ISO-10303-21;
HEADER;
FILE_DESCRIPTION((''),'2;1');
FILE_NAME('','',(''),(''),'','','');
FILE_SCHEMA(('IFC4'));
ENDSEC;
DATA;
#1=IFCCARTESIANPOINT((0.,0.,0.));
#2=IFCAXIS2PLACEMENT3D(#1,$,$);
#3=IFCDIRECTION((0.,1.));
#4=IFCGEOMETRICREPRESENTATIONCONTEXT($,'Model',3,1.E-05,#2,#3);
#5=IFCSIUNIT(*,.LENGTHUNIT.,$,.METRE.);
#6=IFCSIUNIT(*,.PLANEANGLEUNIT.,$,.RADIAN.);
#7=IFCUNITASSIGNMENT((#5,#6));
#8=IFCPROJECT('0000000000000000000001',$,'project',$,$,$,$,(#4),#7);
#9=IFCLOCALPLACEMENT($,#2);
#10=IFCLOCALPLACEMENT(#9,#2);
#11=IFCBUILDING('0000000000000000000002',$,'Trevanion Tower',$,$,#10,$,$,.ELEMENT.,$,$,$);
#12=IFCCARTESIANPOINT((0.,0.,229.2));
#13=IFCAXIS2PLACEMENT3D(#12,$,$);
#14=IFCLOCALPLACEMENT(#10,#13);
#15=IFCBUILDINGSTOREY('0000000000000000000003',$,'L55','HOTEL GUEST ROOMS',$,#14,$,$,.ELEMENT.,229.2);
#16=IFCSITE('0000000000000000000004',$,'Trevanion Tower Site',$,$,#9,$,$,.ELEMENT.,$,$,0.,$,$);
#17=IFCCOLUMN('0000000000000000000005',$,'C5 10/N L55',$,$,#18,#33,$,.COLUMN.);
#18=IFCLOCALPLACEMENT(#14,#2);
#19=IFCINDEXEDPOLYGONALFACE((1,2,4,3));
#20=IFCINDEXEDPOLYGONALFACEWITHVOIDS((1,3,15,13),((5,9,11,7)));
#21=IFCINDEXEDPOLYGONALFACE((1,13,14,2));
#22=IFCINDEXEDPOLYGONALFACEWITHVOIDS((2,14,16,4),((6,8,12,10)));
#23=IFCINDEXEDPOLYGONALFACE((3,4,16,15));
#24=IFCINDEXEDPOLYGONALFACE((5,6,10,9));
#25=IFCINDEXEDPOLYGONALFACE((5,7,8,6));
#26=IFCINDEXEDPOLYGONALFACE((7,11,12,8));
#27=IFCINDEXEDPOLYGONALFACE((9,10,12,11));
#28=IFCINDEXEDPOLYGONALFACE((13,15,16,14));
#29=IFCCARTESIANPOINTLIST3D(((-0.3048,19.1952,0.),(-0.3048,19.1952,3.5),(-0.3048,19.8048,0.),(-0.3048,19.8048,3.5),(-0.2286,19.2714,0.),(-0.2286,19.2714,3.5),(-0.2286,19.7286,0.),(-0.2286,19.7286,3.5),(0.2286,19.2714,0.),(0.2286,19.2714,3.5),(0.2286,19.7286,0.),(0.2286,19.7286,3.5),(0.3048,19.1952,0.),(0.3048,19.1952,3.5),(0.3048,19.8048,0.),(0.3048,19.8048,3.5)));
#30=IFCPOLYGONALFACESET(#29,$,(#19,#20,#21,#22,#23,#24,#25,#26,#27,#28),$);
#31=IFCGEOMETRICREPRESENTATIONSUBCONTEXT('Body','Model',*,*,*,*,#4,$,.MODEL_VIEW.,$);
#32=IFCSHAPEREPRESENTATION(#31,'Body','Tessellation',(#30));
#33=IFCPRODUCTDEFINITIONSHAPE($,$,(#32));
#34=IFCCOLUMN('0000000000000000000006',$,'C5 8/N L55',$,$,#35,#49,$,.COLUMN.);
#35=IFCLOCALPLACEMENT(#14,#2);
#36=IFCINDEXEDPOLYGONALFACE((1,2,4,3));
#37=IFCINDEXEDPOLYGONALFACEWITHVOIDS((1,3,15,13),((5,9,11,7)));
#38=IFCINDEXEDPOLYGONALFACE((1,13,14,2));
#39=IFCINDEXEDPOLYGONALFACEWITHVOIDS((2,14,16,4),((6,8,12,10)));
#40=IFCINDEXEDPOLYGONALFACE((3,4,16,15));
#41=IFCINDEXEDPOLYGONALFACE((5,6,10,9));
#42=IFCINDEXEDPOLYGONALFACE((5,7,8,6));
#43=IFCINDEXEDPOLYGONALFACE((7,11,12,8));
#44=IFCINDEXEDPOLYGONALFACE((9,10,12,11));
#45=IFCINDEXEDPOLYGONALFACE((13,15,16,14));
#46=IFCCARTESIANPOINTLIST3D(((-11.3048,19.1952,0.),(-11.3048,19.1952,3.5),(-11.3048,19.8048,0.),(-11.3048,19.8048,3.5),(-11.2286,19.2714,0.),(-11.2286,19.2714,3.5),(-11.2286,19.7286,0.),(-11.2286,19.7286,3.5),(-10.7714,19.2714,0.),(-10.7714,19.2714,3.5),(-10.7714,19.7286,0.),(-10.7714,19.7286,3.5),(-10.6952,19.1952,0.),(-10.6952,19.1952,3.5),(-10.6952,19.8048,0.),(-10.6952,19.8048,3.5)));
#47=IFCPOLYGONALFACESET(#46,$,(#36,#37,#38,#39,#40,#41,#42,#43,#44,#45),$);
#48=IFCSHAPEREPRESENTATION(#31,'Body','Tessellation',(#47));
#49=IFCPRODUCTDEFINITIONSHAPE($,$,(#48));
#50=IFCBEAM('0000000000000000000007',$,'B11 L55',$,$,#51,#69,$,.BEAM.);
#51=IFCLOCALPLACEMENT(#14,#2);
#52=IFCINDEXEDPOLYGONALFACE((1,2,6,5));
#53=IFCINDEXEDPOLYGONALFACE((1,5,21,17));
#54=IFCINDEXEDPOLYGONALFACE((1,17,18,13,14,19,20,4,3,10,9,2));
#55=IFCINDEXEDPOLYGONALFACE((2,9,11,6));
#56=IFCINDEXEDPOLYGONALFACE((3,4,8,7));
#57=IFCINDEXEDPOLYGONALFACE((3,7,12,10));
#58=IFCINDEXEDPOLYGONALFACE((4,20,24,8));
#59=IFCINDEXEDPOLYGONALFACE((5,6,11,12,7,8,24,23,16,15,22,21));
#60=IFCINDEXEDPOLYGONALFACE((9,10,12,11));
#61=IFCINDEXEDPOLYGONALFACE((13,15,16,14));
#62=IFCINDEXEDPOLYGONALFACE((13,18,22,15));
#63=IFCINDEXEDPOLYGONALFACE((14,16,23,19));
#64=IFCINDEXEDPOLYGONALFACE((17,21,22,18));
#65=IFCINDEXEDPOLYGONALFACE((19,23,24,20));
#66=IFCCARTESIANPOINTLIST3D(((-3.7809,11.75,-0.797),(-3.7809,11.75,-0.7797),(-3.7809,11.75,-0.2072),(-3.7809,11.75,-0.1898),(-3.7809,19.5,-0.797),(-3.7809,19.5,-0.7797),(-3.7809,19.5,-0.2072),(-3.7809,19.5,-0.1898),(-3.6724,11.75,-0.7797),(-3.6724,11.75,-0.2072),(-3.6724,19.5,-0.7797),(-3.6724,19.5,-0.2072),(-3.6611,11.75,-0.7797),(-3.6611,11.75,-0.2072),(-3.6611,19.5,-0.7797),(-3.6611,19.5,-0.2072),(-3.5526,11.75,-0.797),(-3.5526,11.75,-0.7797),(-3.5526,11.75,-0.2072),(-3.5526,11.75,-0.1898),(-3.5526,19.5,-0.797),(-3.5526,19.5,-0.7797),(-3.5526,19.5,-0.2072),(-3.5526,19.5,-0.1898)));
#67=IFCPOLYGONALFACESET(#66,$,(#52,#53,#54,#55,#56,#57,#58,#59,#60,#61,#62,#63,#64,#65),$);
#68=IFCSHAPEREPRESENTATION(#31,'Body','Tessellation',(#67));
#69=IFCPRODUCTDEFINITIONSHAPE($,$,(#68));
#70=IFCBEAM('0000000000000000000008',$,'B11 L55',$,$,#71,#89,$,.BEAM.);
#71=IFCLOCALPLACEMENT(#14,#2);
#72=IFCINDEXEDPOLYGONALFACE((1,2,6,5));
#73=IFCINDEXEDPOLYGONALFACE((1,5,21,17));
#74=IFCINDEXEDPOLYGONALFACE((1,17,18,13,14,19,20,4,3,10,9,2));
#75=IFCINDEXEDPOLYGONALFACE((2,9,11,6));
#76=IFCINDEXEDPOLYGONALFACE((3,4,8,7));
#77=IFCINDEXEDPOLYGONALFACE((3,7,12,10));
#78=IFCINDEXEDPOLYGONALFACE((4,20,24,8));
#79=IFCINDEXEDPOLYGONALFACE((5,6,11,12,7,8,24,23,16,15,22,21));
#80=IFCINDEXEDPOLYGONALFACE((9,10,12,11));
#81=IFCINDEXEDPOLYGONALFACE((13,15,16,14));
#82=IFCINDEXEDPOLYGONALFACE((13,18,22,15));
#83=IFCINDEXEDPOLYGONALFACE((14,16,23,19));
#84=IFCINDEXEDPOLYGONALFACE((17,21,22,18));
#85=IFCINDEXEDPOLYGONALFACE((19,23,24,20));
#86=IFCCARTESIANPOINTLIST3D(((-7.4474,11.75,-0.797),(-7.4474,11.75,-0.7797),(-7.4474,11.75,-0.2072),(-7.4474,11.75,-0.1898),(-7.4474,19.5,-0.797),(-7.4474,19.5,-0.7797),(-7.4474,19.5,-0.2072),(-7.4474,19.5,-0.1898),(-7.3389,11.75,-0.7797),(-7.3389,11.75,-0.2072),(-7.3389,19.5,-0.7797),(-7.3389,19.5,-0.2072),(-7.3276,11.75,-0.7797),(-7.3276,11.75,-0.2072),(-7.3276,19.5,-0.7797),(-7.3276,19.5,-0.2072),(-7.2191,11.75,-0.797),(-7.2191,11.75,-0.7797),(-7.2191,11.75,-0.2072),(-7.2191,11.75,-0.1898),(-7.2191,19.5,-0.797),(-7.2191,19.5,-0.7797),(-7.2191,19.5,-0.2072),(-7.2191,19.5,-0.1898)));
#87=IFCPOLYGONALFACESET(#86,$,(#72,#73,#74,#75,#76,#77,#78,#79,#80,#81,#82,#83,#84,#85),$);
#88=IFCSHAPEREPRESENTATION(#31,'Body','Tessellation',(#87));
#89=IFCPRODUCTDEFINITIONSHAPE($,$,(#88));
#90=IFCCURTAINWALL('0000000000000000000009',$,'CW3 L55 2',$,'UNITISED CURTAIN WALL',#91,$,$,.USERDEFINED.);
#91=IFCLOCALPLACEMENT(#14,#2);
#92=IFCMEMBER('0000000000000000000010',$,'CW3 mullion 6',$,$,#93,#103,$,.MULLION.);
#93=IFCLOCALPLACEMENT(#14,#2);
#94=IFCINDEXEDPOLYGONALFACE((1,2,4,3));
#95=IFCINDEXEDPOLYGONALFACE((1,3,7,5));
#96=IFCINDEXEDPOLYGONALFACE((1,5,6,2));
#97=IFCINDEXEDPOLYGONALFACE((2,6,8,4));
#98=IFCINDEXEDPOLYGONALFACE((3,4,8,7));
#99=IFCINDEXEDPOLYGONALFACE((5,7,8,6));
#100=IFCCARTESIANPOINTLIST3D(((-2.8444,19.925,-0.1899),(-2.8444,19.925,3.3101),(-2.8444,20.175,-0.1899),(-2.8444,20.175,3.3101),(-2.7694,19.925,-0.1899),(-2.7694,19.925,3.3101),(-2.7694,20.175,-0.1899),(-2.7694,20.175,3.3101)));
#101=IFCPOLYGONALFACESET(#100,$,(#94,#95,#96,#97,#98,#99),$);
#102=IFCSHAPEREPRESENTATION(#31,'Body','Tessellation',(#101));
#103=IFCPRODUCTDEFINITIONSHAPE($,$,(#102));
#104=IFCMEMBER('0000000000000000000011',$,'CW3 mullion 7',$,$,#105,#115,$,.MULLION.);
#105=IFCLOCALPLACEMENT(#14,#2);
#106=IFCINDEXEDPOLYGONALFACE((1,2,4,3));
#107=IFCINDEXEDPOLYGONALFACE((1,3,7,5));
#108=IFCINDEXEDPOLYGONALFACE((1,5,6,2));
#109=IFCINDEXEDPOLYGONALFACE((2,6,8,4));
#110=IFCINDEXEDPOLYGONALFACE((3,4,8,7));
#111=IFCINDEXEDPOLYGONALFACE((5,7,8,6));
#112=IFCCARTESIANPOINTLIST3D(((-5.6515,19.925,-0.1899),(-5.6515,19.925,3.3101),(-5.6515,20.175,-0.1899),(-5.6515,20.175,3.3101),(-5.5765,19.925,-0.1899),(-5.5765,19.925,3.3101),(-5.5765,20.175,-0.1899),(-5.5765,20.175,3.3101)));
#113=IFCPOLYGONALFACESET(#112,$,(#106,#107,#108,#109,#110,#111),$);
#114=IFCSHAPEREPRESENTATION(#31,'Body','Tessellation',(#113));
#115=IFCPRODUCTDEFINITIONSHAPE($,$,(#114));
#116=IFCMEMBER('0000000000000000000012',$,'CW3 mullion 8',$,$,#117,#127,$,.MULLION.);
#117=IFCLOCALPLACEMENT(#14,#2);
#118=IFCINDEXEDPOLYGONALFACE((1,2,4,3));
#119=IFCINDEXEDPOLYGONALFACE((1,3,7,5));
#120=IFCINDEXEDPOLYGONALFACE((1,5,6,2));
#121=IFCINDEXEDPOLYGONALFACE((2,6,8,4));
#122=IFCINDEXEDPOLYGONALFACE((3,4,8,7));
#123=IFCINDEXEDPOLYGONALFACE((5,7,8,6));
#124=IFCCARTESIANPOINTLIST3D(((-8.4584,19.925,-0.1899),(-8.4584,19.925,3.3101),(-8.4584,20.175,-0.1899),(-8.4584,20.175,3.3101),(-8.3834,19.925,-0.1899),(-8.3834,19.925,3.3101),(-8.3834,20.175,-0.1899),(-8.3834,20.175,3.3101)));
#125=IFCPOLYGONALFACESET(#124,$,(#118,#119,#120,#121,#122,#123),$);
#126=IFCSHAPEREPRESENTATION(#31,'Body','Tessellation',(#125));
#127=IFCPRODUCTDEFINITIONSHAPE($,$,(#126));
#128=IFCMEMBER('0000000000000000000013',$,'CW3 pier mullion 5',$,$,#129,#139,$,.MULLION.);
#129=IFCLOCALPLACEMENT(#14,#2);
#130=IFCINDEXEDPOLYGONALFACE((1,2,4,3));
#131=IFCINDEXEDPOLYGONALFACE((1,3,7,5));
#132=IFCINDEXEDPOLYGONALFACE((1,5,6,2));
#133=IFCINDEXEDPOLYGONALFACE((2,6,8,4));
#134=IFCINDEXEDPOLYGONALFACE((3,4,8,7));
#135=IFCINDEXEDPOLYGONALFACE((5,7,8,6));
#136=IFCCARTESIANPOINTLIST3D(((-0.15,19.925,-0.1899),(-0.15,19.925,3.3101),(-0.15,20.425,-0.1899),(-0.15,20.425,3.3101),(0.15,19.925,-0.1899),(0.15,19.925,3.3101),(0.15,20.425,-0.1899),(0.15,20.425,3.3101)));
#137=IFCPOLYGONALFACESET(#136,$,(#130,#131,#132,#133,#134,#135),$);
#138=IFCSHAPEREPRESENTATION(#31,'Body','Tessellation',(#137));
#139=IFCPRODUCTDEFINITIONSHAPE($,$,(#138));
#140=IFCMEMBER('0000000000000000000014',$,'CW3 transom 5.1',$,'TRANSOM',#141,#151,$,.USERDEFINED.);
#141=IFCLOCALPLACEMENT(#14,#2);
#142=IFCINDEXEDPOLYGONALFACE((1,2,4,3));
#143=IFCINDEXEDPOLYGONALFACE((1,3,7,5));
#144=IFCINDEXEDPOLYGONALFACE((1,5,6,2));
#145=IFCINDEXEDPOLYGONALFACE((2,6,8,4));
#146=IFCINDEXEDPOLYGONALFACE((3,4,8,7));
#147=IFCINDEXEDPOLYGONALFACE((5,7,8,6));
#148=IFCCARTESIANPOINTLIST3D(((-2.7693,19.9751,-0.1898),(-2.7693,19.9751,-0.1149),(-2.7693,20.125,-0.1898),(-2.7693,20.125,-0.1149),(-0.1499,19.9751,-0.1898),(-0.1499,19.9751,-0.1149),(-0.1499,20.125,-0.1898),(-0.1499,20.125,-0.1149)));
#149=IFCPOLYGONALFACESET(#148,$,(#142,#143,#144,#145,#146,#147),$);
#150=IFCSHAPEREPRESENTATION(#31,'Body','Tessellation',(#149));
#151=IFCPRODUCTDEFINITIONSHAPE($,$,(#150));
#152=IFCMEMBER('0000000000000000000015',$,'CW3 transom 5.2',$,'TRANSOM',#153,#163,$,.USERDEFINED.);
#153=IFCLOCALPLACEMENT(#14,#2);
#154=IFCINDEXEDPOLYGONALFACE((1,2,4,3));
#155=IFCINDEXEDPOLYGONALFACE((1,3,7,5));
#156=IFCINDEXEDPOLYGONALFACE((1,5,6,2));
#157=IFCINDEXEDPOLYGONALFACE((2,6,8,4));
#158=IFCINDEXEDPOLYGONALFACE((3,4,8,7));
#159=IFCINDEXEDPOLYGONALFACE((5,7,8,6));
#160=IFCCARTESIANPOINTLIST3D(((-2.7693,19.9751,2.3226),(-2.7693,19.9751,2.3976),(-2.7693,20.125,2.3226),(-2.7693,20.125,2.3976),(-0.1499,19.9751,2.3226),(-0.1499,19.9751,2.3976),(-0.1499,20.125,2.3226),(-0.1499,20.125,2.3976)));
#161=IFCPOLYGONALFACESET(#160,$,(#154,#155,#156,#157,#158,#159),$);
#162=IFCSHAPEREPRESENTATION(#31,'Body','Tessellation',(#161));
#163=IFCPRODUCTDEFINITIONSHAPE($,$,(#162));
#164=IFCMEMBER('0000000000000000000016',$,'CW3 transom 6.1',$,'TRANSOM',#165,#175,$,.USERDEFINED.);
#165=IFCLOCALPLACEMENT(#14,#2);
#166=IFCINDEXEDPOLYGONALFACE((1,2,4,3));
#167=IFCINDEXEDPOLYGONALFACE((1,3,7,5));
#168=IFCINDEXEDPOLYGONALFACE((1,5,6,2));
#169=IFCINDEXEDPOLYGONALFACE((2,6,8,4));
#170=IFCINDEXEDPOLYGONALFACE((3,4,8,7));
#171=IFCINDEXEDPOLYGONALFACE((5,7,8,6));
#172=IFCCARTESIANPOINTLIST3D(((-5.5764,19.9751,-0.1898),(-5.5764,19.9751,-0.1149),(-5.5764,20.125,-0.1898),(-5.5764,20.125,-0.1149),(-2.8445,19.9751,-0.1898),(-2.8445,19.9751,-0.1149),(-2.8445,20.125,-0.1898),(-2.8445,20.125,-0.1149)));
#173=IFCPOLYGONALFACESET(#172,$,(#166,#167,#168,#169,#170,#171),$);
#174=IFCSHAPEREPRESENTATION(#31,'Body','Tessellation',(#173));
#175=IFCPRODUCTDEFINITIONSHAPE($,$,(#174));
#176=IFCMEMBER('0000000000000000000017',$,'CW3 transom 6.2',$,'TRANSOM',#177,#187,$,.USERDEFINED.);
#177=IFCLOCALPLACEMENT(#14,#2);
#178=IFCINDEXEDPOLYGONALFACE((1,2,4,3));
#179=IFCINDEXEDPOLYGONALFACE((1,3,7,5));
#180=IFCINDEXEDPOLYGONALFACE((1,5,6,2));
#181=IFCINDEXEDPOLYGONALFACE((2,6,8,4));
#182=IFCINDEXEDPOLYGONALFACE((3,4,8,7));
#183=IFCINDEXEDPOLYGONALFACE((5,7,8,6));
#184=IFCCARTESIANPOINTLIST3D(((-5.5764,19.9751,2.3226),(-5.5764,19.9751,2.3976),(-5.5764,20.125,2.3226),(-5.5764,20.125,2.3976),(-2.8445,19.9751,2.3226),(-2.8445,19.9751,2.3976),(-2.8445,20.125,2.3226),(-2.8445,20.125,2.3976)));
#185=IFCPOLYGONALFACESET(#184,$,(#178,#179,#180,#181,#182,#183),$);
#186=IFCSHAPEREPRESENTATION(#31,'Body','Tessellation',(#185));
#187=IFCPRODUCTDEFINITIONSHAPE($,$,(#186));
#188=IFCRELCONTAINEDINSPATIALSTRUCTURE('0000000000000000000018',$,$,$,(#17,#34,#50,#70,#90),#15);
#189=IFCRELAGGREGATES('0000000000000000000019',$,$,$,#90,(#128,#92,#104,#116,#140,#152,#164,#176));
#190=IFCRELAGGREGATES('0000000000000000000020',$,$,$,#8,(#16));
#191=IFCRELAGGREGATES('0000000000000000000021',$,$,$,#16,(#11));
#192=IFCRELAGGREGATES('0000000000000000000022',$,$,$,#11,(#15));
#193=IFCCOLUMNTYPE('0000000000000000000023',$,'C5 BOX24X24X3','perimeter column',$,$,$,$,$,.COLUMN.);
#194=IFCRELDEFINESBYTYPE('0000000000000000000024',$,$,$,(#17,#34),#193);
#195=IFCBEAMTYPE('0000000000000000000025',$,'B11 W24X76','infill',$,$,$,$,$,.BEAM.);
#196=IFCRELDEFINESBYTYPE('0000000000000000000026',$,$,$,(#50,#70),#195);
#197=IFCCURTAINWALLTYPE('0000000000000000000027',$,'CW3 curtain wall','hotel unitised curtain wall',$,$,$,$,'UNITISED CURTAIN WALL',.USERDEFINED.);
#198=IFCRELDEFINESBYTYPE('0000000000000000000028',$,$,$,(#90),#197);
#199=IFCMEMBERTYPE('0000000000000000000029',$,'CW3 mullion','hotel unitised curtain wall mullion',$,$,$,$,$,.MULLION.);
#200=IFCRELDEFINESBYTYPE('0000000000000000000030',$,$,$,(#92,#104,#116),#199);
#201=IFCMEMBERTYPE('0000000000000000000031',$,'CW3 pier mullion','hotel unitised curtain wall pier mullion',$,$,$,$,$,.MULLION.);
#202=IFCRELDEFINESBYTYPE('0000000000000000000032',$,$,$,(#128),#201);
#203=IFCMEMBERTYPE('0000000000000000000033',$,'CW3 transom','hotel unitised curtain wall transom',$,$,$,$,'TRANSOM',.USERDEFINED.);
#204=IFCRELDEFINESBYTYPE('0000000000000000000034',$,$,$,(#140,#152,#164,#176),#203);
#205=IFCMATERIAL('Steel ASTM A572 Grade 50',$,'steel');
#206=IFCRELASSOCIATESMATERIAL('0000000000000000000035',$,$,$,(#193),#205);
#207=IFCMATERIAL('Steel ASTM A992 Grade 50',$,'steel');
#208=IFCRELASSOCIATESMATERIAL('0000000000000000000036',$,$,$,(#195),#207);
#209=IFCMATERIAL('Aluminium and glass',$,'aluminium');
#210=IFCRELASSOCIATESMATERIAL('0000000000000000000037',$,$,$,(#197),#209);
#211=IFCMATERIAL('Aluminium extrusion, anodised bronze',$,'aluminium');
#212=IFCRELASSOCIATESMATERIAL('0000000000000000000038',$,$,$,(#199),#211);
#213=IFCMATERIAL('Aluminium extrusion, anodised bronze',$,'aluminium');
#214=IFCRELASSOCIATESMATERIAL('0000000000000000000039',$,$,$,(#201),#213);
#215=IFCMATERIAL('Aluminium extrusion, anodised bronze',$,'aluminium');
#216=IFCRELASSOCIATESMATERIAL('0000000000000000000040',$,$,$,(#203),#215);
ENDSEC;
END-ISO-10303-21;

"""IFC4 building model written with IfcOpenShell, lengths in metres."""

from ifc_helpers import new_model, si_unit, direction, frame, origin, origin_2d, place, context, subcontext, project, spatial, rectangle, hollow_rectangle, i_section, extrude, material, material_profile, profile_set, type_object, element, aggregate, save


model = new_model("IFC4")

# Units and contexts
model_context = context("Model", 3, precision=1e-05, world=origin(), true_north=direction((0.0, 1.0)))
body_context = subcontext(model_context, "Body", "Model", "MODEL_VIEW")
ifc_project = project(units=[si_unit("LENGTHUNIT", "METRE"), si_unit("PLANEANGLEUNIT", "RADIAN")], contexts=[model_context])

# Site, building, storey
site_placement = place(None, origin())
site = spatial("IfcSite", under=ifc_project, at=site_placement, Name="Trevanion Tower Site", CompositionType="ELEMENT", RefElevation=0.0)
building_placement = place(site_placement, origin())
building = spatial("IfcBuilding", under=site, at=building_placement, Name="Trevanion Tower", CompositionType="ELEMENT")
storey_placement = place(building_placement, frame((0.0, 0.0, 229.2)))
storey = spatial("IfcBuildingStorey", under=building, at=storey_placement, Name="L55", Description="HOTEL GUEST ROOMS", CompositionType="ELEMENT", Elevation=229.2)

# Columns
ifc_material_1 = material(Name="Steel ASTM A572 Grade 50", Category="steel")
ifc_material_profile_1 = material_profile(ifc_material_1, hollow_rectangle(XDim=0.6096, YDim=0.6096, WallThickness=0.0762, at=origin_2d()), Name="BOX24X24X3")
ifc_profile_set_1 = profile_set([ifc_material_profile_1], Name="Steel ASTM A572 Grade 50")
column_type = type_object("IfcColumnType", Name="C5 BOX24X24X3", Description="perimeter column", PredefinedType="COLUMN", material=ifc_profile_set_1)
for number, where, z_axis, x_axis, name in (
    (1, (0.0, 19.5, 0.0), (0.0, 0.0, 1.0), (1.0, 0.0, 0.0), "C5 10/N L55"),
    (2, (-11.0, 19.5, 0.0), (0.0, 0.0, 1.0), (1.0, 0.0, 0.0), "C5 8/N L55"),
):
    element("IfcColumn", number, at=place(storey_placement, frame(where, z_axis=z_axis, x_axis=x_axis)), inside=storey, type_object=column_type, Name=name, PredefinedType="COLUMN", context=body_context, shape_type="SweptSolid", body=[
        extrude(hollow_rectangle(XDim=0.6096, YDim=0.6096, WallThickness=0.0762, at=origin_2d()), origin(), (0.0, 0.0, 1.0), 3.5),
    ])

# Beams
ifc_material_2 = material(Name="Steel ASTM A992 Grade 50", Category="steel")
ifc_material_profile_2 = material_profile(ifc_material_2, i_section(OverallWidth=0.2283, OverallDepth=0.6072, WebThickness=0.0112, FlangeThickness=0.0173, at=origin_2d()), Name="W24X76")
ifc_profile_set_2 = profile_set([ifc_material_profile_2], Name="Steel ASTM A992 Grade 50")
beam_type_1 = type_object("IfcBeamType", Name="B11 W24X76", Description="infill", PredefinedType="BEAM", material=ifc_profile_set_2)
for number, where, z_axis, x_axis, name in (
    (3, (-3.6667, 11.75, -0.4934), (0.0, 1.0, 0.0), (-1.0, 0.0, 0.0), "B11 L55"),
    (4, (-7.3333, 11.75, -0.4934), (0.0, 1.0, 0.0), (-1.0, 0.0, 0.0), "B11 L55"),
):
    element("IfcBeam", number, at=place(storey_placement, frame(where, z_axis=z_axis, x_axis=x_axis)), inside=storey, type_object=beam_type_1, Name=name, PredefinedType="BEAM", context=body_context, shape_type="SweptSolid", body=[
        extrude(i_section(OverallWidth=0.2283, OverallDepth=0.6072, WebThickness=0.0112, FlangeThickness=0.0173, at=origin_2d()), origin(), (0.0, 0.0, 1.0), 7.75),
    ])

# Curtain wall, members
ifc_material_3 = material(Name="Aluminium and glass", Category="aluminium")
curtain_wall_type = type_object("IfcCurtainWallType", Name="CW3 curtain wall", Description="hotel unitised curtain wall", ElementType="UNITISED CURTAIN WALL", PredefinedType="USERDEFINED", material=ifc_material_3)
curtain_wall_placement = place(storey_placement, origin())
curtain_wall = element("IfcCurtainWall", 5, at=curtain_wall_placement, inside=storey, type_object=curtain_wall_type, Name="CW3 L55 2", ObjectType="UNITISED CURTAIN WALL", PredefinedType="USERDEFINED")
ifc_material_4 = material(Name="Aluminium extrusion, anodised bronze", Category="aluminium")
ifc_material_profile_3 = material_profile(ifc_material_4, rectangle(XDim=0.075, YDim=0.25, at=origin_2d()), Name="CW3 mullion")
ifc_profile_set_3 = profile_set([ifc_material_profile_3], Name="Aluminium extrusion, anodised bronze")
member_type_1 = type_object("IfcMemberType", Name="CW3 mullion", Description="hotel unitised curtain wall mullion", PredefinedType="MULLION", material=ifc_profile_set_3)
member_1_placement = place(storey_placement, frame((-2.8069, 20.05, -0.1899), z_axis=(0.0, 0.0, 1.0), x_axis=(-1.0, 0.0, 0.0)))
member_1 = element("IfcMember", 6, at=member_1_placement, type_object=member_type_1, Name="CW3 mullion 6", PredefinedType="MULLION", context=body_context, shape_type="SweptSolid", body=[
    extrude(rectangle(XDim=0.075, YDim=0.25, at=origin_2d()), origin(), (0.0, 0.0, 1.0), 3.5),
])
member_2_placement = place(storey_placement, frame((-5.614, 20.05, -0.1899), z_axis=(0.0, 0.0, 1.0), x_axis=(-1.0, 0.0, 0.0)))
member_2 = element("IfcMember", 7, at=member_2_placement, type_object=member_type_1, Name="CW3 mullion 7", PredefinedType="MULLION", context=body_context, shape_type="SweptSolid", body=[
    extrude(rectangle(XDim=0.075, YDim=0.25, at=origin_2d()), origin(), (0.0, 0.0, 1.0), 3.5),
])
member_3_placement = place(storey_placement, frame((-8.4209, 20.05, -0.1899), z_axis=(0.0, 0.0, 1.0), x_axis=(-1.0, 0.0, 0.0)))
member_3 = element("IfcMember", 8, at=member_3_placement, type_object=member_type_1, Name="CW3 mullion 8", PredefinedType="MULLION", context=body_context, shape_type="SweptSolid", body=[
    extrude(rectangle(XDim=0.075, YDim=0.25, at=origin_2d()), origin(), (0.0, 0.0, 1.0), 3.5),
])
ifc_material_5 = material(Name="Aluminium extrusion, anodised bronze", Category="aluminium")
ifc_material_profile_4 = material_profile(ifc_material_5, rectangle(XDim=0.3, YDim=0.5, at=origin_2d()), Name="CW3 pier mullion")
ifc_profile_set_4 = profile_set([ifc_material_profile_4], Name="Aluminium extrusion, anodised bronze")
member_type_2 = type_object("IfcMemberType", Name="CW3 pier mullion", Description="hotel unitised curtain wall pier mullion", PredefinedType="MULLION", material=ifc_profile_set_4)
member_4_placement = place(storey_placement, frame((0.0, 20.175, -0.1899), z_axis=(0.0, 0.0, 1.0), x_axis=(-1.0, 0.0, 0.0)))
member_4 = element("IfcMember", 9, at=member_4_placement, type_object=member_type_2, Name="CW3 pier mullion 5", PredefinedType="MULLION", context=body_context, shape_type="SweptSolid", body=[
    extrude(rectangle(XDim=0.3, YDim=0.5, at=origin_2d()), origin(), (0.0, 0.0, 1.0), 3.5),
])
ifc_material_6 = material(Name="Aluminium extrusion, anodised bronze", Category="aluminium")
ifc_material_profile_5 = material_profile(ifc_material_6, rectangle(XDim=0.1499, YDim=0.075, at=origin_2d()), Name="CW3 transom")
ifc_profile_set_5 = profile_set([ifc_material_profile_5], Name="Aluminium extrusion, anodised bronze")
member_type_3 = type_object("IfcMemberType", Name="CW3 transom", Description="hotel unitised curtain wall transom", ElementType="TRANSOM", PredefinedType="USERDEFINED", material=ifc_profile_set_5)
member_5_placement = place(storey_placement, frame((-0.1499, 20.05, -0.1523), z_axis=(-1.0, 0.0, 0.0), x_axis=(0.0, -1.0, 0.0)))
member_5 = element("IfcMember", 10, at=member_5_placement, type_object=member_type_3, Name="CW3 transom 5.1", ObjectType="TRANSOM", PredefinedType="USERDEFINED", context=body_context, shape_type="SweptSolid", body=[
    extrude(rectangle(XDim=0.1499, YDim=0.075, at=origin_2d()), origin(), (0.0, 0.0, 1.0), 2.6194),
])
member_6_placement = place(storey_placement, frame((-0.1499, 20.05, 2.3601), z_axis=(-1.0, 0.0, 0.0), x_axis=(0.0, -1.0, 0.0)))
member_6 = element("IfcMember", 11, at=member_6_placement, type_object=member_type_3, Name="CW3 transom 5.2", ObjectType="TRANSOM", PredefinedType="USERDEFINED", context=body_context, shape_type="SweptSolid", body=[
    extrude(rectangle(XDim=0.1499, YDim=0.075, at=origin_2d()), origin(), (0.0, 0.0, 1.0), 2.6194),
])
member_7_placement = place(storey_placement, frame((-2.8445, 20.05, -0.1523), z_axis=(-1.0, 0.0, 0.0), x_axis=(0.0, -1.0, 0.0)))
member_7 = element("IfcMember", 12, at=member_7_placement, type_object=member_type_3, Name="CW3 transom 6.1", ObjectType="TRANSOM", PredefinedType="USERDEFINED", context=body_context, shape_type="SweptSolid", body=[
    extrude(rectangle(XDim=0.1499, YDim=0.075, at=origin_2d()), origin(), (0.0, 0.0, 1.0), 2.7319),
])
member_8_placement = place(storey_placement, frame((-2.8445, 20.05, 2.3601), z_axis=(-1.0, 0.0, 0.0), x_axis=(0.0, -1.0, 0.0)))
member_8 = element("IfcMember", 13, at=member_8_placement, type_object=member_type_3, Name="CW3 transom 6.2", ObjectType="TRANSOM", PredefinedType="USERDEFINED", context=body_context, shape_type="SweptSolid", body=[
    extrude(rectangle(XDim=0.1499, YDim=0.075, at=origin_2d()), origin(), (0.0, 0.0, 1.0), 2.7319),
])

aggregate(curtain_wall, [member_4, member_1, member_2, member_3, member_5, member_6, member_7, member_8])

save(model, "model.ifc")
